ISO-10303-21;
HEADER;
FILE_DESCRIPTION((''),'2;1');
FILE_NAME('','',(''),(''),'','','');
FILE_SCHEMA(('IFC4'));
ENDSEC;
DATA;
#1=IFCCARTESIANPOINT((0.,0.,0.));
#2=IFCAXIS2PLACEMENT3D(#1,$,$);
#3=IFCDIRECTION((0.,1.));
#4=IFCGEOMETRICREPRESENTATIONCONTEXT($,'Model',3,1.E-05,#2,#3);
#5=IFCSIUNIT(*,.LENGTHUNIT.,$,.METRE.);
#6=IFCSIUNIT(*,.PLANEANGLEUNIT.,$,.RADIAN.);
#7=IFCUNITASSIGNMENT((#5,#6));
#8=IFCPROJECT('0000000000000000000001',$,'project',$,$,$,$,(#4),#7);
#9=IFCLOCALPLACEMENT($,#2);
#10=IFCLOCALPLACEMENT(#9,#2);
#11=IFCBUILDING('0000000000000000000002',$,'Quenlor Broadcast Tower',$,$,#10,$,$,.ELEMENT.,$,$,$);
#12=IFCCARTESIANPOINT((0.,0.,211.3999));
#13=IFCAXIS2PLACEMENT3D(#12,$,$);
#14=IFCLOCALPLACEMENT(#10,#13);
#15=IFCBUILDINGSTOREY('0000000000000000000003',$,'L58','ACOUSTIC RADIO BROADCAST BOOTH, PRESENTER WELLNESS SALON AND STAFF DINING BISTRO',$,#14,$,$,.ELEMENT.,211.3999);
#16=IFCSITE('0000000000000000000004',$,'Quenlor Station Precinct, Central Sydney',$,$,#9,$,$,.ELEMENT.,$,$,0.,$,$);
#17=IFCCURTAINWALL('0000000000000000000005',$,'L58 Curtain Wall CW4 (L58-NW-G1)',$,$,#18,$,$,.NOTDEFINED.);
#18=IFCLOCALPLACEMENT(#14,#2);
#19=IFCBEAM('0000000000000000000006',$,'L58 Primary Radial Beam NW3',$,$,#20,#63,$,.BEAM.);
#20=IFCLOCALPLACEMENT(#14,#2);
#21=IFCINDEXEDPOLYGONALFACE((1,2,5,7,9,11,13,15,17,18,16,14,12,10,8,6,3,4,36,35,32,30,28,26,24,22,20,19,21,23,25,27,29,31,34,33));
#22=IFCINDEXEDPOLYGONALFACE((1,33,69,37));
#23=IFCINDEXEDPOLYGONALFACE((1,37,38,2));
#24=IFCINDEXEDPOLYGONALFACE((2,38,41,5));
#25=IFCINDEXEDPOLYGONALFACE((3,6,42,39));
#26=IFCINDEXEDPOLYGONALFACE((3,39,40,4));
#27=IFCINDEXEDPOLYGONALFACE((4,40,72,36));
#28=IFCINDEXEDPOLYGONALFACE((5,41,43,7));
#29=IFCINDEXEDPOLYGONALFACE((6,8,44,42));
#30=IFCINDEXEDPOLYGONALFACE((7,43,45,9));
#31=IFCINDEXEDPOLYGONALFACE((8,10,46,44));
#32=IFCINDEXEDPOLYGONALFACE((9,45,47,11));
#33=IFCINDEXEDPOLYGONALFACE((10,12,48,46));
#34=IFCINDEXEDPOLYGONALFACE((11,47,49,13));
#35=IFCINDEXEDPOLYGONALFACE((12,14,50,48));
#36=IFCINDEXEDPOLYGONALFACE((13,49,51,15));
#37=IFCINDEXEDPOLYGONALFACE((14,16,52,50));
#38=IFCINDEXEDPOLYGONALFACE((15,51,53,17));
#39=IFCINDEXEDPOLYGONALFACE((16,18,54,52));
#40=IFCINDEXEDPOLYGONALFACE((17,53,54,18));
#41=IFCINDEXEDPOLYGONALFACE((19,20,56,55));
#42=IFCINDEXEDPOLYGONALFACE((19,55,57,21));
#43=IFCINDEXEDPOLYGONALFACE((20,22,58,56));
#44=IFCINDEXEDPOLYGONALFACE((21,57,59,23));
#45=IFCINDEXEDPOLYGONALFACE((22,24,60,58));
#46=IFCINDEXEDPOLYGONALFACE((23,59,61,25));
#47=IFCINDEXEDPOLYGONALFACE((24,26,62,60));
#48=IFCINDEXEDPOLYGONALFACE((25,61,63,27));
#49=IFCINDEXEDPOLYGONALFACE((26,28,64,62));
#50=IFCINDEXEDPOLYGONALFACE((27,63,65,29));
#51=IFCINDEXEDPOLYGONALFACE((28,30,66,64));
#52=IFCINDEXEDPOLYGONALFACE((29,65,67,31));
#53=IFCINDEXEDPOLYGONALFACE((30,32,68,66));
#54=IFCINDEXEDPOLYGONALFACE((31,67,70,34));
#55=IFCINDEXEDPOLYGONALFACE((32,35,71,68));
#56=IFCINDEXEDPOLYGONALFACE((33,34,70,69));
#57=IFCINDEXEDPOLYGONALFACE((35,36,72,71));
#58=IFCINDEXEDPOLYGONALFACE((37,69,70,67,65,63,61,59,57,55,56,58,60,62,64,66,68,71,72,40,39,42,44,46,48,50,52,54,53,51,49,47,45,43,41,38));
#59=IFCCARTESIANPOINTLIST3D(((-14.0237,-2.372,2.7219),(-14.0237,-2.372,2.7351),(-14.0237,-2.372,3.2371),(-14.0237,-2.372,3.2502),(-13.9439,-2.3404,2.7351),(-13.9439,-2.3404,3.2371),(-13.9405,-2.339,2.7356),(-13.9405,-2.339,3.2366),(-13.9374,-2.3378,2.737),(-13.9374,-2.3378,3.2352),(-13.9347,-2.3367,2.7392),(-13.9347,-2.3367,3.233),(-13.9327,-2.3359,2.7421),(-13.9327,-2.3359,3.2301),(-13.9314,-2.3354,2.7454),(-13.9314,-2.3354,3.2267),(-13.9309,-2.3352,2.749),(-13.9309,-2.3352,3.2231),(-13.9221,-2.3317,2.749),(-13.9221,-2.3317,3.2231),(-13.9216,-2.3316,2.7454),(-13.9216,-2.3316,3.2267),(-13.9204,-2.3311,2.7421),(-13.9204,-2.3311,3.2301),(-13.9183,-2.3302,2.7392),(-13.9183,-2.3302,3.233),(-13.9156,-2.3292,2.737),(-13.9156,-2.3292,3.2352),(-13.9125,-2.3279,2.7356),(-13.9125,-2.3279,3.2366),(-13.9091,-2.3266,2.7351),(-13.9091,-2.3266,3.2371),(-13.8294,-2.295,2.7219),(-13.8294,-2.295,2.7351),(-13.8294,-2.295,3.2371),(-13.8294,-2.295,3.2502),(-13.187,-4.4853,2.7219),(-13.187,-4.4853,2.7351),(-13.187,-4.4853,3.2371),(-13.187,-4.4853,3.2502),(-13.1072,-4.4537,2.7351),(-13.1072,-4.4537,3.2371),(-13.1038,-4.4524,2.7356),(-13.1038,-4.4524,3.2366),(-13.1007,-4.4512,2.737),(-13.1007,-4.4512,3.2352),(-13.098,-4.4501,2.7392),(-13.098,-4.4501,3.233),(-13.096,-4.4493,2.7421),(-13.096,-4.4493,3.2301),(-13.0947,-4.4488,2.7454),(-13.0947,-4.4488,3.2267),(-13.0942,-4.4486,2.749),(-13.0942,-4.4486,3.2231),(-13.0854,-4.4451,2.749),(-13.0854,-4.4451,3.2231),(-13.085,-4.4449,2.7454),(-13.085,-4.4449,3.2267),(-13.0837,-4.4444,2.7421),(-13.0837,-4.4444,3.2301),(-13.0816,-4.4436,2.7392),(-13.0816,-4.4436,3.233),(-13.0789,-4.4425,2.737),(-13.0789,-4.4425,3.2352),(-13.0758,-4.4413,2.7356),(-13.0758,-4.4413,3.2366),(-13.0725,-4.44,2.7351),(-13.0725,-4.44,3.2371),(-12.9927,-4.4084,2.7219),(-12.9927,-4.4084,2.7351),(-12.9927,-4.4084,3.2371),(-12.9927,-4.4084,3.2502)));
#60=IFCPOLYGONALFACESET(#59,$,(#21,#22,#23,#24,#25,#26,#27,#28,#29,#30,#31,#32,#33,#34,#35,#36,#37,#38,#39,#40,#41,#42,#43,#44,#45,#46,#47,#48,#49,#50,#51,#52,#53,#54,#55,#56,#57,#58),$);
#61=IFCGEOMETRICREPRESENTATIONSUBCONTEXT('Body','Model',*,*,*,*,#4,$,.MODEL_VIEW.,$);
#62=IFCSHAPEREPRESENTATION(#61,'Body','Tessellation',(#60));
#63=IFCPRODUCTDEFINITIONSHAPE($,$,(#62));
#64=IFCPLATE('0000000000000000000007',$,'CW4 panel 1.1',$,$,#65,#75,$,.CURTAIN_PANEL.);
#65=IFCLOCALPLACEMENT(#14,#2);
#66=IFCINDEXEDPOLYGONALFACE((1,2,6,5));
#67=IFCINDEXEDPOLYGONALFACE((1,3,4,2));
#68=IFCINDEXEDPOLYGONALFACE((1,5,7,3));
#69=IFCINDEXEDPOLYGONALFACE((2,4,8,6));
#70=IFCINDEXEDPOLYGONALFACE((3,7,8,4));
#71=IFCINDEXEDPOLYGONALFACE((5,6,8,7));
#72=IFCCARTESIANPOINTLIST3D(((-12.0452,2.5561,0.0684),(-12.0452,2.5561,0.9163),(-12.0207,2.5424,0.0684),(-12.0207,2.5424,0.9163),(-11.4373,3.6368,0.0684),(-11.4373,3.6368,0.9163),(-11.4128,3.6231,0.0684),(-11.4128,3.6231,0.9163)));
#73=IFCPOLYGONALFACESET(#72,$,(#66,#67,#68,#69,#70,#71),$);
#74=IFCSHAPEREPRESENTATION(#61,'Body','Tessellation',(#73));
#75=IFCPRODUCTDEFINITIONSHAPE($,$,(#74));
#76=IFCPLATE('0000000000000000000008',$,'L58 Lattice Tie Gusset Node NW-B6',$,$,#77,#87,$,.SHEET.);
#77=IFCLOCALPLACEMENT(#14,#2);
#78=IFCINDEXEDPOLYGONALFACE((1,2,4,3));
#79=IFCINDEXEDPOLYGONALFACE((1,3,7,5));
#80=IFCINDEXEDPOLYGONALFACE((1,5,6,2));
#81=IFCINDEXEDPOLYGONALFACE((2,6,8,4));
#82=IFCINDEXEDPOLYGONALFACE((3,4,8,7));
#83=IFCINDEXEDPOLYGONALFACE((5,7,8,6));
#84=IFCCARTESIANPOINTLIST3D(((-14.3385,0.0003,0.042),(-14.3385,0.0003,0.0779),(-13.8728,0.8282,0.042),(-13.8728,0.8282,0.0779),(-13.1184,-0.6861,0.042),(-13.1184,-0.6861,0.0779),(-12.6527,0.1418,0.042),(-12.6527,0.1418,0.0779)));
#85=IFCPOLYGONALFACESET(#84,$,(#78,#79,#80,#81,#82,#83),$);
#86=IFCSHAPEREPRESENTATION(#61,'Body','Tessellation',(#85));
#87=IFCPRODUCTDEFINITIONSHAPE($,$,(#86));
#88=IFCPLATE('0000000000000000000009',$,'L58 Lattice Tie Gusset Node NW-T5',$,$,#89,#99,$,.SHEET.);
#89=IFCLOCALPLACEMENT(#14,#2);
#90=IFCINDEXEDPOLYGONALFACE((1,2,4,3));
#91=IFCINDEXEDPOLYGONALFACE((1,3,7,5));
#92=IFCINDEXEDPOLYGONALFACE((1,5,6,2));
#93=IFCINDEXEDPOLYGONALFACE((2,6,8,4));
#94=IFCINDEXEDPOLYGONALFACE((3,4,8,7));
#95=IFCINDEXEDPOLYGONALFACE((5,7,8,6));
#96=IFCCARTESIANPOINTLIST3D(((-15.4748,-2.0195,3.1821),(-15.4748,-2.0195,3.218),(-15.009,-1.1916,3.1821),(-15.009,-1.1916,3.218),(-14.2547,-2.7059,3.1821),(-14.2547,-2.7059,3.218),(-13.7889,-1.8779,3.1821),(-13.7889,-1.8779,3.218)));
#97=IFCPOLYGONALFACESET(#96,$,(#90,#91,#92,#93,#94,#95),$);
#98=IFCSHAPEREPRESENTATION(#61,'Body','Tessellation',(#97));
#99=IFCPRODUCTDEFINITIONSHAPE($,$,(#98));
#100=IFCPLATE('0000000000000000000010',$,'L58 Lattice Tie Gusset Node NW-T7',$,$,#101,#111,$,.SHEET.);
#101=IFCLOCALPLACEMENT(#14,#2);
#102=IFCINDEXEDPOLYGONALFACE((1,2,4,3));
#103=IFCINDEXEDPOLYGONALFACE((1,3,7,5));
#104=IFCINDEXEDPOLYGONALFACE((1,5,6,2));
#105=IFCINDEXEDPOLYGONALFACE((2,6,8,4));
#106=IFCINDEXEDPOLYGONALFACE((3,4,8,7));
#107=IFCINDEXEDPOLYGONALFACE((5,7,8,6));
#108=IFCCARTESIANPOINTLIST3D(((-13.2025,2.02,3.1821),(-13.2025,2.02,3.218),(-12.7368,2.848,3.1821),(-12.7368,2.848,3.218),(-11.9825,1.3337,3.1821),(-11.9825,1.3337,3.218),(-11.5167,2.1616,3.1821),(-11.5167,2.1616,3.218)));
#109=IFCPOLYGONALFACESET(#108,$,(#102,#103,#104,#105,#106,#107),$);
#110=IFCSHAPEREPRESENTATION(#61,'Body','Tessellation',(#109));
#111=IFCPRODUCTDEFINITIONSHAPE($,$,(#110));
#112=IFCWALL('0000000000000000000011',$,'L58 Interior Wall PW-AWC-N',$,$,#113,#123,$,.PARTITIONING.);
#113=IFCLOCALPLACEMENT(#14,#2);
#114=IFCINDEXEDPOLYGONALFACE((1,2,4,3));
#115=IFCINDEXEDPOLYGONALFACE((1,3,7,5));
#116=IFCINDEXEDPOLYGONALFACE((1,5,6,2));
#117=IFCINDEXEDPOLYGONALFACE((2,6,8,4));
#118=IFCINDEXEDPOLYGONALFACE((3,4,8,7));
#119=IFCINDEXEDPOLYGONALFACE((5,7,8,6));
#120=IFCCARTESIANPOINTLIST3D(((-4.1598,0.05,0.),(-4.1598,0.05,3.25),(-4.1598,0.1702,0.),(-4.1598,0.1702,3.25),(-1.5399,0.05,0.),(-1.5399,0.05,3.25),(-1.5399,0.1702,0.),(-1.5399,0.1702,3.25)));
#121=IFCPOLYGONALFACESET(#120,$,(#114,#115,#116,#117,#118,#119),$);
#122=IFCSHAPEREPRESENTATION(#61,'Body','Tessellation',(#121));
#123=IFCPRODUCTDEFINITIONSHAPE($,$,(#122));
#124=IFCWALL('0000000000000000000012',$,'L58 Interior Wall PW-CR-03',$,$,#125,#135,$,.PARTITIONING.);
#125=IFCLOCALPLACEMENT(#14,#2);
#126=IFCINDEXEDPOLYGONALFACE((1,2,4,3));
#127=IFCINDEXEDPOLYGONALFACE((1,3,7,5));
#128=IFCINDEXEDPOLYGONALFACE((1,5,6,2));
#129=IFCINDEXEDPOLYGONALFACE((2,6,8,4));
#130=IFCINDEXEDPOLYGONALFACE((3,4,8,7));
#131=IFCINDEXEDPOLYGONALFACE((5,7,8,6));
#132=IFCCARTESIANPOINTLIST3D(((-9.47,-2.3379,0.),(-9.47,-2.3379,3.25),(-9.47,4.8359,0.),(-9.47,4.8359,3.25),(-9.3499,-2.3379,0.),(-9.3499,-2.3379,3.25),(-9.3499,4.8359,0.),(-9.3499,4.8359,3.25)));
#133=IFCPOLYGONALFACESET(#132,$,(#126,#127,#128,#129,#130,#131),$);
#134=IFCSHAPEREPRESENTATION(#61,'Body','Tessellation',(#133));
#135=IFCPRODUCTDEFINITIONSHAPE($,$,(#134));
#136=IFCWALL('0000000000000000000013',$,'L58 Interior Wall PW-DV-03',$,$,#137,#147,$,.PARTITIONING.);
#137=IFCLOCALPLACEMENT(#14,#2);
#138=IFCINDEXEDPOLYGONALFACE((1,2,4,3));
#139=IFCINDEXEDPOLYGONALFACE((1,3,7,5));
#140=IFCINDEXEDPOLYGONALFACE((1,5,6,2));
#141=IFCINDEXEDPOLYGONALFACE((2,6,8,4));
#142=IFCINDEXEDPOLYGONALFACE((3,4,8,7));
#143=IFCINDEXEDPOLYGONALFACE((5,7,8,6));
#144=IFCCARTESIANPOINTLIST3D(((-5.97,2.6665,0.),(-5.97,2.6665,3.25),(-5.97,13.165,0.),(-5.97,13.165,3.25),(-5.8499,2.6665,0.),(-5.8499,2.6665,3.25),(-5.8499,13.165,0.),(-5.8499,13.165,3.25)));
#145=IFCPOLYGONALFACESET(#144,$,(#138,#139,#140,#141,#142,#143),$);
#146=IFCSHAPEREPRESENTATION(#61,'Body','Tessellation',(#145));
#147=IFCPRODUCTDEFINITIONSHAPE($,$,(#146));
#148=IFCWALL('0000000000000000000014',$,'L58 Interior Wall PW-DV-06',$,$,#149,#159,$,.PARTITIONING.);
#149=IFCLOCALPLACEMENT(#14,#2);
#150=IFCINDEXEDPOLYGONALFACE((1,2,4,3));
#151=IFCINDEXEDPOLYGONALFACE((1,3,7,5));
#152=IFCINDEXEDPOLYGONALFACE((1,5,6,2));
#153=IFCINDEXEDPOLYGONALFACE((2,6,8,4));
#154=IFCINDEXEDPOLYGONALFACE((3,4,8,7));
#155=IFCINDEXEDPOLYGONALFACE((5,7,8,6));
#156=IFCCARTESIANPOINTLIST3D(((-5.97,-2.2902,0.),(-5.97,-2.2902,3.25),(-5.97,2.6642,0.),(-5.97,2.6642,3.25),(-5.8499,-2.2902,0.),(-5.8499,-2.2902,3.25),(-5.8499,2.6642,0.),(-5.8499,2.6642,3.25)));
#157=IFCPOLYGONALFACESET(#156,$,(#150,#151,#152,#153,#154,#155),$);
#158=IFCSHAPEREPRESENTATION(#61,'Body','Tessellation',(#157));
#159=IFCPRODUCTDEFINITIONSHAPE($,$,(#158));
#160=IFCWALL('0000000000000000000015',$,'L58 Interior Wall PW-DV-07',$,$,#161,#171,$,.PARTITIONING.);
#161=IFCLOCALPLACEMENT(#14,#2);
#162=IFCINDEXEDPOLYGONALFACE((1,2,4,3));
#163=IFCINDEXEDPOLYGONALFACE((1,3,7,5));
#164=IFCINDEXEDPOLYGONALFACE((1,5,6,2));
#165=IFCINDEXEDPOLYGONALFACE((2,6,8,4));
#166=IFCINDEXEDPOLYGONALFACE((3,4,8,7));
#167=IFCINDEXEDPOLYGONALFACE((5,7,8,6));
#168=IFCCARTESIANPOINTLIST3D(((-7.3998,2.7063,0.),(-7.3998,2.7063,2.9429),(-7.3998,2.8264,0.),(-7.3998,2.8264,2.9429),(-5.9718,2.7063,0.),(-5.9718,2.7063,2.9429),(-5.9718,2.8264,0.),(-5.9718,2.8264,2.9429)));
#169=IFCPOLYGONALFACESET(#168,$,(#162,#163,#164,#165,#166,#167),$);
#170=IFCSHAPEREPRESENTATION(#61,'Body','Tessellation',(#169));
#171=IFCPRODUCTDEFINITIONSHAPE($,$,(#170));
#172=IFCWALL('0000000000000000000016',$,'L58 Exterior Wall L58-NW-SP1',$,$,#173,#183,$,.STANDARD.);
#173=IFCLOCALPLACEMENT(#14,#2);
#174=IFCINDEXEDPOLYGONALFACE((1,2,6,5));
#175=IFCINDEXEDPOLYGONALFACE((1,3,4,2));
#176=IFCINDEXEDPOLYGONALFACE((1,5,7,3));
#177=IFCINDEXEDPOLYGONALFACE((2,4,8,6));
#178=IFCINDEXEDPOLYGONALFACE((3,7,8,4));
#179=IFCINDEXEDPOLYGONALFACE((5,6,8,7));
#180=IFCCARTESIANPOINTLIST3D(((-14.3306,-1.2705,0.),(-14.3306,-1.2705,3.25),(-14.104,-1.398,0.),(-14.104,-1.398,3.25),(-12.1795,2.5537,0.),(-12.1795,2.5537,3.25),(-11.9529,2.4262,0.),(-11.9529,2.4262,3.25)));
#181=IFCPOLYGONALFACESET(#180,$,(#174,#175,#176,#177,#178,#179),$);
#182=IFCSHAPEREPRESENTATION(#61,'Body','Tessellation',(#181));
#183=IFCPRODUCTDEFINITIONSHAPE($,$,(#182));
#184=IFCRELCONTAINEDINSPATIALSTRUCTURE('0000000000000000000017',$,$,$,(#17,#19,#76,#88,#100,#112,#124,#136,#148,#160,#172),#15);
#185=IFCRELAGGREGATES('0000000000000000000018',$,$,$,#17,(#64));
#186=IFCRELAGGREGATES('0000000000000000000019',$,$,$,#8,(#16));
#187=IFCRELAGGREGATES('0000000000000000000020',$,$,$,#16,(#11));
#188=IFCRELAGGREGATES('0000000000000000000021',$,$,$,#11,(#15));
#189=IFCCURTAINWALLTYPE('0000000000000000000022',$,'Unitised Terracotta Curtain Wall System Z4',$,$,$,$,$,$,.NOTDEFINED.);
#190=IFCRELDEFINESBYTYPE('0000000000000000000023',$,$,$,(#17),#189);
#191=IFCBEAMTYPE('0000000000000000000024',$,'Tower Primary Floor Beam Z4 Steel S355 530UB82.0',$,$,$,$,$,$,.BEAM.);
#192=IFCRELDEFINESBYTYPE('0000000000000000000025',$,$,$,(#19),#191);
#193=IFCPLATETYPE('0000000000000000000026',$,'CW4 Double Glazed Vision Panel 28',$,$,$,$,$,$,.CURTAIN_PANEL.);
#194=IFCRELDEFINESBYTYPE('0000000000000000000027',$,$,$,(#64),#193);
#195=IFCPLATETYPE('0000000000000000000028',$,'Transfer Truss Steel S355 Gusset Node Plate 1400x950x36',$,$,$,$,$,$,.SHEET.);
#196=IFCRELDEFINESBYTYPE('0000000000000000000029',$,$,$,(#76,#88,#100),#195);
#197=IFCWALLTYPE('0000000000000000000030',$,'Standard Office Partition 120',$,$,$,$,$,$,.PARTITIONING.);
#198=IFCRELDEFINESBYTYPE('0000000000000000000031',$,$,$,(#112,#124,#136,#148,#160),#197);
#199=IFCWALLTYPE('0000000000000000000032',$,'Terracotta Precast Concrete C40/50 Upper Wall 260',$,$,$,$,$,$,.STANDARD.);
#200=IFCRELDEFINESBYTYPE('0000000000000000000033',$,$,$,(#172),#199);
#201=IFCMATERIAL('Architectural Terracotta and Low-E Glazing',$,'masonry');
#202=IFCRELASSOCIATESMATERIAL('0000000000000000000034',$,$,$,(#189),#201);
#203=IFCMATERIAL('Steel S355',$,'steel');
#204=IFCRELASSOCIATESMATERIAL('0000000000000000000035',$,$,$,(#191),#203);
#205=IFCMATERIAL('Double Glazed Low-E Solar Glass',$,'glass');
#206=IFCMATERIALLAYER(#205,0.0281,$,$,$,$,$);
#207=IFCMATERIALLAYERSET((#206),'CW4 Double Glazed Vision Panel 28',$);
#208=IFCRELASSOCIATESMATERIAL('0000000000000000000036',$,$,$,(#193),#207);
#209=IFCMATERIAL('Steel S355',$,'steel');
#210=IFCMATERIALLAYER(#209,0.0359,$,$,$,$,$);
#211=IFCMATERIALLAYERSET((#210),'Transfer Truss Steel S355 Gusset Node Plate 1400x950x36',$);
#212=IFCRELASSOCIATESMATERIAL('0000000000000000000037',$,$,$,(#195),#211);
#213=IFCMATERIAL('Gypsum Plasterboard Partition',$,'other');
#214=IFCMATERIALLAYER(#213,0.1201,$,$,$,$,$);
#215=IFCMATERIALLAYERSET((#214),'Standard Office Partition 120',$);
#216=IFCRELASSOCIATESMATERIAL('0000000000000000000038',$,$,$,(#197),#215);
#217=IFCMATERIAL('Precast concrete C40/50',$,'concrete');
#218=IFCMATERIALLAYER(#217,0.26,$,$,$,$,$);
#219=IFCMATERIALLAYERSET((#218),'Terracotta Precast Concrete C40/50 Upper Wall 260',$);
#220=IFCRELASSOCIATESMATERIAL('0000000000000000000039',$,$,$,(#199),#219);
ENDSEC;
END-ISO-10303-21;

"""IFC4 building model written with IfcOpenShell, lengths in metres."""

from ifc_helpers import new_model, si_unit, direction, frame, frame_2d, origin, origin_2d, place, context, subcontext, project, spatial, rectangle, i_section, extrude, material, layer, layer_set, material_profile, profile_set, type_object, element, aggregate, save


model = new_model("IFC4")

# Units and contexts
model_context = context("Model", 3, precision=1e-05, world=origin(), true_north=direction((0.0, 1.0)))
body_context = subcontext(model_context, "Body", "Model", "MODEL_VIEW")
ifc_project = project(units=[si_unit("LENGTHUNIT", "METRE"), si_unit("PLANEANGLEUNIT", "RADIAN")], contexts=[model_context])

# Site, building, storey
site_placement = place(None, origin())
site = spatial("IfcSite", under=ifc_project, at=site_placement, Name="Quenlor Station Precinct, Central Sydney", CompositionType="ELEMENT", RefElevation=0.0)
building_placement = place(site_placement, origin())
building = spatial("IfcBuilding", under=site, at=building_placement, Name="Quenlor Broadcast Tower", CompositionType="ELEMENT")
storey_placement = place(building_placement, frame((0.0, 0.0, 211.3999)))
storey = spatial("IfcBuildingStorey", under=building, at=storey_placement, Name="L58", Description="ACOUSTIC RADIO BROADCAST BOOTH, PRESENTER WELLNESS SALON AND STAFF DINING BISTRO", CompositionType="ELEMENT", Elevation=211.3999)

# Curtain wall
ifc_material_1 = material(Name="Architectural Terracotta and Low-E Glazing", Category="masonry")
curtain_wall_type = type_object("IfcCurtainWallType", Name="Unitised Terracotta Curtain Wall System Z4", PredefinedType="NOTDEFINED", material=ifc_material_1)
curtain_wall_placement = place(storey_placement, origin())
curtain_wall = element("IfcCurtainWall", 1, at=curtain_wall_placement, inside=storey, type_object=curtain_wall_type, Name="L58 Curtain Wall CW4 (L58-NW-G1)", PredefinedType="NOTDEFINED")

# Beam
ifc_material_2 = material(Name="Steel S355", Category="steel")
ifc_material_profile_1 = material_profile(ifc_material_2, i_section(OverallWidth=0.209, OverallDepth=0.5283, WebThickness=0.0095, FlangeThickness=0.0132, FilletRadius=0.0139, at=origin_2d()))
ifc_profile_set_1 = profile_set([ifc_material_profile_1], Name="Steel S355 530UB82.0")
beam_type_1 = type_object("IfcBeamType", Name="Tower Primary Floor Beam Z4 Steel S355 530UB82.0", PredefinedType="BEAM", material=ifc_profile_set_1)
beam_1_placement = place(storey_placement, frame((-13.9265, -2.3335, 2.9861), z_axis=(0.36811, -0.929782, 0.0), x_axis=(0.929782, 0.36811, 0.0)))
element("IfcBeam", 2, at=beam_1_placement, inside=storey, type_object=beam_type_1, Name="L58 Primary Radial Beam NW3", PredefinedType="BEAM", context=body_context, shape_type="SweptSolid", body=[
    extrude(i_section(OverallWidth=0.209, OverallDepth=0.5283, WebThickness=0.0095, FlangeThickness=0.0132, FilletRadius=0.0139, at=origin_2d()), origin(), (0.0, 0.0, 1.0), 2.2729),
])

# Plate
ifc_material_3 = material(Name="Double Glazed Low-E Solar Glass", Category="glass")
ifc_layer_1 = layer(ifc_material_3, 0.0281)
ifc_layer_set_1 = layer_set([ifc_layer_1], Name="CW4 Double Glazed Vision Panel 28")
plate_type_1 = type_object("IfcPlateType", Name="CW4 Double Glazed Vision Panel 28", PredefinedType="CURTAIN_PANEL", material=ifc_layer_set_1)
plate_placement = place(storey_placement, frame((-11.729, 3.0896, 0.0684), z_axis=(0.0, 0.0, 1.0), x_axis=(0.490289, 0.87156, 0.0)))
plate = element("IfcPlate", 3, at=plate_placement, type_object=plate_type_1, Name="CW4 panel 1.1", PredefinedType="CURTAIN_PANEL", context=body_context, shape_type="SweptSolid", body=[
    extrude(rectangle(XDim=1.24, YDim=0.0281, at=origin_2d()), origin(), (0.0, 0.0, 1.0), 0.8479),
])
aggregate(curtain_wall, [plate])

# Plates
ifc_material_4 = material(Name="Steel S355", Category="steel")
ifc_layer_2 = layer(ifc_material_4, 0.0359)
ifc_layer_set_2 = layer_set([ifc_layer_2], Name="Transfer Truss Steel S355 Gusset Node Plate 1400x950x36")
plate_type_2 = type_object("IfcPlateType", Name="Transfer Truss Steel S355 Gusset Node Plate 1400x950x36", PredefinedType="SHEET", material=ifc_layer_set_2)
for number, where, z_axis, x_axis, name in (
    (4, (-13.4956, 0.071, 0.042), (0.0, 0.0, 1.0), (-0.871556, 0.490295, 0.0), "L58 Lattice Tie Gusset Node NW-B6"),
    (5, (-14.6318, -1.9487, 3.1821), (0.0, 0.0, 1.0), (-0.871556, 0.490295, 0.0), "L58 Lattice Tie Gusset Node NW-T5"),
    (6, (-12.3596, 2.0908, 3.1821), (0.0, 0.0, 1.0), (-0.871556, 0.490295, 0.0), "L58 Lattice Tie Gusset Node NW-T7"),
):
    element("IfcPlate", number, at=place(storey_placement, frame(where, z_axis=z_axis, x_axis=x_axis)), inside=storey, type_object=plate_type_2, Name=name, PredefinedType="SHEET", context=body_context, shape_type="SweptSolid", body=[
        extrude(rectangle(XDim=1.3999, YDim=0.95, at=origin_2d()), origin(), (0.0, 0.0, 1.0), 0.0359),
    ])

# Walls
ifc_material_5 = material(Name="Gypsum Plasterboard Partition", Category="other")
ifc_layer_3 = layer(ifc_material_5, 0.1201)
ifc_layer_set_3 = layer_set([ifc_layer_3], Name="Standard Office Partition 120")
wall_type_1 = type_object("IfcWallType", Name="Standard Office Partition 120", PredefinedType="PARTITIONING", material=ifc_layer_set_3)
wall_1_placement = place(storey_placement, frame((-4.1599, 0.1101, 0.0), z_axis=(0.0, 0.0, 1.0), x_axis=(1.0, 0.0, 0.0)))
element("IfcWall", 7, at=wall_1_placement, inside=storey, type_object=wall_type_1, Name="L58 Interior Wall PW-AWC-N", PredefinedType="PARTITIONING", context=body_context, shape_type="SweptSolid", body=[
    extrude(rectangle(XDim=2.6199, YDim=0.1201, at=frame_2d((1.3101, 0.0))), origin(), (0.0, 0.0, 1.0), 3.25),
])
wall_2_placement = place(storey_placement, frame((-9.4099, -2.3379, 0.0), z_axis=(0.0, 0.0, 1.0), x_axis=(0.0, 1.0, 0.0)))
element("IfcWall", 8, at=wall_2_placement, inside=storey, type_object=wall_type_1, Name="L58 Interior Wall PW-CR-03", PredefinedType="PARTITIONING", context=body_context, shape_type="SweptSolid", body=[
    extrude(rectangle(XDim=7.1738, YDim=0.1201, at=frame_2d((3.5869, 0.0))), origin(), (0.0, 0.0, 1.0), 3.25),
])
wall_3_placement = place(storey_placement, frame((-5.9099, 2.6665, 0.0), z_axis=(0.0, 0.0, 1.0), x_axis=(0.0, 1.0, 0.0)))
element("IfcWall", 9, at=wall_3_placement, inside=storey, type_object=wall_type_1, Name="L58 Interior Wall PW-DV-03", PredefinedType="PARTITIONING", context=body_context, shape_type="SweptSolid", body=[
    extrude(rectangle(XDim=10.4985, YDim=0.1201, at=frame_2d((5.2493, 0.0))), origin(), (0.0, 0.0, 1.0), 3.25),
])
wall_4_placement = place(storey_placement, frame((-5.9099, -2.29, 0.0), z_axis=(0.0, 0.0, 1.0), x_axis=(0.0, 1.0, 0.0)))
element("IfcWall", 10, at=wall_4_placement, inside=storey, type_object=wall_type_1, Name="L58 Interior Wall PW-DV-06", PredefinedType="PARTITIONING", context=body_context, shape_type="SweptSolid", body=[
    extrude(rectangle(XDim=4.9543, YDim=0.1201, at=frame_2d((2.4771, 0.0))), origin(), (0.0, 0.0, 1.0), 3.25),
])
wall_5_placement = place(storey_placement, frame((-5.9719, 2.7664, 0.0), z_axis=(0.0, 0.0, 1.0), x_axis=(-1.0, 0.0, 0.0)))
element("IfcWall", 11, at=wall_5_placement, inside=storey, type_object=wall_type_1, Name="L58 Interior Wall PW-DV-07", PredefinedType="PARTITIONING", context=body_context, shape_type="SweptSolid", body=[
    extrude(rectangle(XDim=1.428, YDim=0.1201, at=frame_2d((0.7139, 0.0))), origin(), (0.0, 0.0, 1.0), 2.9429),
])
ifc_material_6 = material(Name="Precast concrete C40/50", Category="concrete")
ifc_layer_4 = layer(ifc_material_6, 0.26)
ifc_layer_set_4 = layer_set([ifc_layer_4], Name="Terracotta Precast Concrete C40/50 Upper Wall 260")
wall_type_2 = type_object("IfcWallType", Name="Terracotta Precast Concrete C40/50 Upper Wall 260", PredefinedType="STANDARD", material=ifc_layer_set_4)
wall_6_placement = place(storey_placement, frame((-14.2173, -1.3342, 0.0), z_axis=(0.0, 0.0, 1.0), x_axis=(0.490261, 0.871576, 0.0)))
element("IfcWall", 12, at=wall_6_placement, inside=storey, type_object=wall_type_2, Name="L58 Exterior Wall L58-NW-SP1", PredefinedType="STANDARD", context=body_context, shape_type="SweptSolid", body=[
    extrude(rectangle(XDim=4.3877, YDim=0.26, at=frame_2d((2.1938, 0.0))), origin(), (0.0, 0.0, 1.0), 3.25),
])

save(model, "model.ifc")
